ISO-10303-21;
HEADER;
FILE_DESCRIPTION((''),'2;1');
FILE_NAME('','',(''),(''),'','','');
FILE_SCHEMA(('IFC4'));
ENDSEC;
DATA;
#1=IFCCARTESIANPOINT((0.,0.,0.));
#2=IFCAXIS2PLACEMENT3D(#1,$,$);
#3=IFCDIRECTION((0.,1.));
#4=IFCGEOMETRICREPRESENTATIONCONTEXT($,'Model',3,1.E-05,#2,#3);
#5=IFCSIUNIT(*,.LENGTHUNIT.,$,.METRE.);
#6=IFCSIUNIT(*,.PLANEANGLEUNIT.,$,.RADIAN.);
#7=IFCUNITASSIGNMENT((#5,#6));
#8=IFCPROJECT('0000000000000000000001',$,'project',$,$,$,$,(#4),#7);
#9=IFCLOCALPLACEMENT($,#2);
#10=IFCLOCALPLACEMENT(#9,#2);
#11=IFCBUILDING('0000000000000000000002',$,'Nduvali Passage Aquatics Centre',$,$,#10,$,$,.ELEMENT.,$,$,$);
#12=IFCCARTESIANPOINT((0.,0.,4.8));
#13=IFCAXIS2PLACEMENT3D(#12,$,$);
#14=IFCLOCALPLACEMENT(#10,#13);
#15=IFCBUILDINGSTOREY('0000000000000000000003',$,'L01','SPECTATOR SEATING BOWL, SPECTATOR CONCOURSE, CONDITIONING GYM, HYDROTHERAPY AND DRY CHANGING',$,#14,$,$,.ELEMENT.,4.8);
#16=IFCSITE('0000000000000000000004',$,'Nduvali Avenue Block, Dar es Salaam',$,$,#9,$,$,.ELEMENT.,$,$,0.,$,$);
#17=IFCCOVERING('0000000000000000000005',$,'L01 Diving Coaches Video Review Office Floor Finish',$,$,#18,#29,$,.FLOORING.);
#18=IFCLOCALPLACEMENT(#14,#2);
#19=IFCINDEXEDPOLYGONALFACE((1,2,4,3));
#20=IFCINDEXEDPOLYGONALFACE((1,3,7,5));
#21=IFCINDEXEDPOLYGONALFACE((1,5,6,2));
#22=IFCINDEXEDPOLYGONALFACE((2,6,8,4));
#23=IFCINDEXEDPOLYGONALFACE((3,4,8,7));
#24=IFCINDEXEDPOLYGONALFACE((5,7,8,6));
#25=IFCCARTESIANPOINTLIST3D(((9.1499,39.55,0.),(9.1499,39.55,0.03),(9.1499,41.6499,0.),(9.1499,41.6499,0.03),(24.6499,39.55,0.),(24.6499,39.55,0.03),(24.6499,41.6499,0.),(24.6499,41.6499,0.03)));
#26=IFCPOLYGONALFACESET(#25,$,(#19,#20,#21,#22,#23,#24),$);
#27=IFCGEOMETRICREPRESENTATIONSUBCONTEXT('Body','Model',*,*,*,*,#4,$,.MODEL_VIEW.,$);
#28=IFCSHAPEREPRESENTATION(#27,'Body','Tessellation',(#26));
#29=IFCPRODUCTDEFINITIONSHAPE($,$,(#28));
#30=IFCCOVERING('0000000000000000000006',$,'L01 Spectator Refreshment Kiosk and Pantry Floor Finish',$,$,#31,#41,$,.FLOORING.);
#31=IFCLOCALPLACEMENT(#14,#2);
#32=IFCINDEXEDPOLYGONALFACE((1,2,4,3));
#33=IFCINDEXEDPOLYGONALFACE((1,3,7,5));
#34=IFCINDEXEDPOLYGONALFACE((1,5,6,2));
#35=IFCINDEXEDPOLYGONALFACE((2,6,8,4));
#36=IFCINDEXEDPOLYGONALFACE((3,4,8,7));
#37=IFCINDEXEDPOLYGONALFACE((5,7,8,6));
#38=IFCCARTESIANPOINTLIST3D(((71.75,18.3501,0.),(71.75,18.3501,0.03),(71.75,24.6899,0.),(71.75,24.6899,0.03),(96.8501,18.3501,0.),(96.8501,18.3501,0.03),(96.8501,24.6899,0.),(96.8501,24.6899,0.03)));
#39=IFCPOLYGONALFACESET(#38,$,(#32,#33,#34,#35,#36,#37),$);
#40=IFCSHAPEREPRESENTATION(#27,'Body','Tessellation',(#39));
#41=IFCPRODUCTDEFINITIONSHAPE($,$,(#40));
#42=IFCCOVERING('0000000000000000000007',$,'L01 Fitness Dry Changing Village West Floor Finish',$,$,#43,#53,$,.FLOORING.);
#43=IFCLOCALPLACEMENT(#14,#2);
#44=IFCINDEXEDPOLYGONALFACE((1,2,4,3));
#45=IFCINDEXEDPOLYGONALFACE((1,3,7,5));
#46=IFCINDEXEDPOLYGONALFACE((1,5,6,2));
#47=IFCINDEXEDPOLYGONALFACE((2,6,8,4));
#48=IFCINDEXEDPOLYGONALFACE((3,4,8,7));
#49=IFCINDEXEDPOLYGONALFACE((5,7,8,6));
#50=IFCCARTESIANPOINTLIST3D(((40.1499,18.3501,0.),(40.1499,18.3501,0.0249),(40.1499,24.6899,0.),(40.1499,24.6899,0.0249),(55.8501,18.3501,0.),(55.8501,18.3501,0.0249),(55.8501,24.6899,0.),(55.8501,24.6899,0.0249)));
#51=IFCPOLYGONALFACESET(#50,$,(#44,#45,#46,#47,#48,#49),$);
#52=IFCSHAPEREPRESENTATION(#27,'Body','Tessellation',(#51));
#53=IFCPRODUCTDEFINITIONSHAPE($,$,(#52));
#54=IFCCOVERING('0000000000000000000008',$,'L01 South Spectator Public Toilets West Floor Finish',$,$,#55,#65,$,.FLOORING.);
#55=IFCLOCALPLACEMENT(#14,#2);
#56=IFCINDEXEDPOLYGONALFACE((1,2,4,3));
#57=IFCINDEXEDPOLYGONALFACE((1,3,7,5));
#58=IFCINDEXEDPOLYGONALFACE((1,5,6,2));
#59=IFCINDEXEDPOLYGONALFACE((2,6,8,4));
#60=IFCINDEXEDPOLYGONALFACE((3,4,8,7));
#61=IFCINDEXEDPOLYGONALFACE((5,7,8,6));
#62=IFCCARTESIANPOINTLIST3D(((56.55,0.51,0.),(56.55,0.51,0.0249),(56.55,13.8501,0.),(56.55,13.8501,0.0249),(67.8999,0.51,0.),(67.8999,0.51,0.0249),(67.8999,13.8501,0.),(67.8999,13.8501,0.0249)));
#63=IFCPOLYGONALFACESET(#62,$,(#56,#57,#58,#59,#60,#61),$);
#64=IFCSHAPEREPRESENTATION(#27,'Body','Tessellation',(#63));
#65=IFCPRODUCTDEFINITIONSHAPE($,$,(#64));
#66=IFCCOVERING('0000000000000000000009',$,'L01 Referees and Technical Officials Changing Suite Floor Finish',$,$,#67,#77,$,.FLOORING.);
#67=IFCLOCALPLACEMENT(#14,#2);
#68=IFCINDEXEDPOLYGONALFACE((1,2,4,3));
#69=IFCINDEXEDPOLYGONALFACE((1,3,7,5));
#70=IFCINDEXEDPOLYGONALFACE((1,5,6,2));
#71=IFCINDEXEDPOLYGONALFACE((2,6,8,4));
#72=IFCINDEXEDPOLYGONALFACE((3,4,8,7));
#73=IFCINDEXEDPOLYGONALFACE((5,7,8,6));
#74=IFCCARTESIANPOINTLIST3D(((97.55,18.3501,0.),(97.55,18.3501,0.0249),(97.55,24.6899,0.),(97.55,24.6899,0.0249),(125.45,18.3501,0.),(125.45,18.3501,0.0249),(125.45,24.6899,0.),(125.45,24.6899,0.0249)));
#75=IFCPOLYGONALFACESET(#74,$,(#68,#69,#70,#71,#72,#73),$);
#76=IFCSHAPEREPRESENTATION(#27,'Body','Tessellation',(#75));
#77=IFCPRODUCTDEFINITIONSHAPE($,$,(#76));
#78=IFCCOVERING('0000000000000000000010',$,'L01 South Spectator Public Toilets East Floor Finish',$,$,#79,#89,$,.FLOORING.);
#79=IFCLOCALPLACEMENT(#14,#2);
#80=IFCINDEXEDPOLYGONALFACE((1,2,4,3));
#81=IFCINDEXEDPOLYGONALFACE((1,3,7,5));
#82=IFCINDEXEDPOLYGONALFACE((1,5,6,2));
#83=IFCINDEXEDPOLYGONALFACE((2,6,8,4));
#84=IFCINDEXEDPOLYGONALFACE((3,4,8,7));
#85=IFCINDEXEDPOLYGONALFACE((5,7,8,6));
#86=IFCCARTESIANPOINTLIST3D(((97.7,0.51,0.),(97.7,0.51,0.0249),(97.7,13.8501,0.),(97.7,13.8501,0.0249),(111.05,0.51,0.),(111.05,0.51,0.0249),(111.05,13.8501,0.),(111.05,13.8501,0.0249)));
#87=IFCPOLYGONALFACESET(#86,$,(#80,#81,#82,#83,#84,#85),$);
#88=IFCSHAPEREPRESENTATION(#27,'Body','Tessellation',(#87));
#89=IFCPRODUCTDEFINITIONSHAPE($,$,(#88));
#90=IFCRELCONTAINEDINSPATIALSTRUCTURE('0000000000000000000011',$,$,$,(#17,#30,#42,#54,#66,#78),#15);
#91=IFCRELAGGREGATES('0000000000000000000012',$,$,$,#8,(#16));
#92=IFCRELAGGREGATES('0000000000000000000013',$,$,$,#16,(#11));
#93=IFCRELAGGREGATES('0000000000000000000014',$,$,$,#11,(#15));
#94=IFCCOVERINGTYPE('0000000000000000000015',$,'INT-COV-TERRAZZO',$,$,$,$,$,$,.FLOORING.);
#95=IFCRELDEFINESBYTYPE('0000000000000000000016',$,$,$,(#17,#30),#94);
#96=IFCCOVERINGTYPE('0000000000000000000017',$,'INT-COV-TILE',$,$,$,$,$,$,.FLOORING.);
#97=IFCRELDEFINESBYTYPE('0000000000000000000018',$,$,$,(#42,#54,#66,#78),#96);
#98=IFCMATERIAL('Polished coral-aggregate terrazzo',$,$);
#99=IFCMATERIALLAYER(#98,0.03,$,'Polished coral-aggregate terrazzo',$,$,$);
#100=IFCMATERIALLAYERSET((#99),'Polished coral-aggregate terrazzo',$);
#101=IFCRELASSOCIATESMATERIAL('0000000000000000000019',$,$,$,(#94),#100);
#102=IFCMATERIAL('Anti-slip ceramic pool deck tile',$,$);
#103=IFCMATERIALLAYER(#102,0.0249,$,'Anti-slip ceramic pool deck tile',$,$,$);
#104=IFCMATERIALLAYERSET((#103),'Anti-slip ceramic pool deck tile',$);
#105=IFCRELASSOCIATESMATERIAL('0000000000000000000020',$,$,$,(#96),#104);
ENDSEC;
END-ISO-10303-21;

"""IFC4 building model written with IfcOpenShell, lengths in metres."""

from ifc_helpers import new_model, si_unit, direction, frame, origin, place, context, subcontext, project, spatial, polyline, outline, extrude, material, layer, layer_set, type_object, element, save


model = new_model("IFC4")

# Units and contexts
model_context = context("Model", 3, precision=1e-05, world=origin(), true_north=direction((0.0, 1.0)))
body_context = subcontext(model_context, "Body", "Model", "MODEL_VIEW")
ifc_project = project(units=[si_unit("LENGTHUNIT", "METRE"), si_unit("PLANEANGLEUNIT", "RADIAN")], contexts=[model_context])

# Site, building, storey
site_placement = place(None, origin())
site = spatial("IfcSite", under=ifc_project, at=site_placement, Name="Nduvali Avenue Block, Dar es Salaam", CompositionType="ELEMENT", RefElevation=0.0)
building_placement = place(site_placement, origin())
building = spatial("IfcBuilding", under=site, at=building_placement, Name="Nduvali Passage Aquatics Centre", CompositionType="ELEMENT")
storey_placement = place(building_placement, frame((0.0, 0.0, 4.8)))
storey = spatial("IfcBuildingStorey", under=building, at=storey_placement, Name="L01", Description="SPECTATOR SEATING BOWL, SPECTATOR CONCOURSE, CONDITIONING GYM, HYDROTHERAPY AND DRY CHANGING", CompositionType="ELEMENT", Elevation=4.8)

# Coverings
ifc_material_1 = material(Name="Polished coral-aggregate terrazzo")
ifc_layer_1 = layer(ifc_material_1, 0.03, Name="Polished coral-aggregate terrazzo")
ifc_layer_set_1 = layer_set([ifc_layer_1], Name="Polished coral-aggregate terrazzo")
covering_type_1 = type_object("IfcCoveringType", Name="INT-COV-TERRAZZO", PredefinedType="FLOORING", material=ifc_layer_set_1)
covering_1_placement = place(storey_placement, origin())
element("IfcCovering", 1, at=covering_1_placement, inside=storey, type_object=covering_type_1, Name="L01 Diving Coaches Video Review Office Floor Finish", PredefinedType="FLOORING", context=body_context, shape_type="SweptSolid", body=[
    extrude(outline(polyline([(9.1499, 39.55), (24.6499, 39.55), (24.6499, 41.6499), (9.1499, 41.6499), (9.1499, 39.55)])), origin(), (0.0, 0.0, 1.0), 0.03),
])
covering_2_placement = place(storey_placement, origin())
element("IfcCovering", 2, at=covering_2_placement, inside=storey, type_object=covering_type_1, Name="L01 Spectator Refreshment Kiosk and Pantry Floor Finish", PredefinedType="FLOORING", context=body_context, shape_type="SweptSolid", body=[
    extrude(outline(polyline([(71.75, 18.3501), (96.8501, 18.3501), (96.8501, 24.6899), (71.75, 24.6899), (71.75, 18.3501)])), origin(), (0.0, 0.0, 1.0), 0.03),
])
ifc_material_2 = material(Name="Anti-slip ceramic pool deck tile")
ifc_layer_2 = layer(ifc_material_2, 0.0249, Name="Anti-slip ceramic pool deck tile")
ifc_layer_set_2 = layer_set([ifc_layer_2], Name="Anti-slip ceramic pool deck tile")
covering_type_2 = type_object("IfcCoveringType", Name="INT-COV-TILE", PredefinedType="FLOORING", material=ifc_layer_set_2)
covering_3_placement = place(storey_placement, origin())
element("IfcCovering", 3, at=covering_3_placement, inside=storey, type_object=covering_type_2, Name="L01 Fitness Dry Changing Village West Floor Finish", PredefinedType="FLOORING", context=body_context, shape_type="SweptSolid", body=[
    extrude(outline(polyline([(40.1499, 18.3501), (55.8501, 18.3501), (55.8501, 24.6899), (40.1499, 24.6899), (40.1499, 18.3501)])), origin(), (0.0, 0.0, 1.0), 0.0249),
])
covering_4_placement = place(storey_placement, origin())
element("IfcCovering", 4, at=covering_4_placement, inside=storey, type_object=covering_type_2, Name="L01 South Spectator Public Toilets West Floor Finish", PredefinedType="FLOORING", context=body_context, shape_type="SweptSolid", body=[
    extrude(outline(polyline([(56.55, 0.51), (67.8999, 0.51), (67.8999, 13.8501), (56.55, 13.8501), (56.55, 0.51)])), origin(), (0.0, 0.0, 1.0), 0.0249),
])
covering_5_placement = place(storey_placement, origin())
element("IfcCovering", 5, at=covering_5_placement, inside=storey, type_object=covering_type_2, Name="L01 Referees and Technical Officials Changing Suite Floor Finish", PredefinedType="FLOORING", context=body_context, shape_type="SweptSolid", body=[
    extrude(outline(polyline([(97.55, 18.3501), (125.45, 18.3501), (125.45, 24.6899), (97.55, 24.6899), (97.55, 18.3501)])), origin(), (0.0, 0.0, 1.0), 0.0249),
])
covering_6_placement = place(storey_placement, origin())
element("IfcCovering", 6, at=covering_6_placement, inside=storey, type_object=covering_type_2, Name="L01 South Spectator Public Toilets East Floor Finish", PredefinedType="FLOORING", context=body_context, shape_type="SweptSolid", body=[
    extrude(outline(polyline([(97.7, 0.51), (111.05, 0.51), (111.05, 13.8501), (97.7, 13.8501), (97.7, 0.51)])), origin(), (0.0, 0.0, 1.0), 0.0249),
])

save(model, "model.ifc")
